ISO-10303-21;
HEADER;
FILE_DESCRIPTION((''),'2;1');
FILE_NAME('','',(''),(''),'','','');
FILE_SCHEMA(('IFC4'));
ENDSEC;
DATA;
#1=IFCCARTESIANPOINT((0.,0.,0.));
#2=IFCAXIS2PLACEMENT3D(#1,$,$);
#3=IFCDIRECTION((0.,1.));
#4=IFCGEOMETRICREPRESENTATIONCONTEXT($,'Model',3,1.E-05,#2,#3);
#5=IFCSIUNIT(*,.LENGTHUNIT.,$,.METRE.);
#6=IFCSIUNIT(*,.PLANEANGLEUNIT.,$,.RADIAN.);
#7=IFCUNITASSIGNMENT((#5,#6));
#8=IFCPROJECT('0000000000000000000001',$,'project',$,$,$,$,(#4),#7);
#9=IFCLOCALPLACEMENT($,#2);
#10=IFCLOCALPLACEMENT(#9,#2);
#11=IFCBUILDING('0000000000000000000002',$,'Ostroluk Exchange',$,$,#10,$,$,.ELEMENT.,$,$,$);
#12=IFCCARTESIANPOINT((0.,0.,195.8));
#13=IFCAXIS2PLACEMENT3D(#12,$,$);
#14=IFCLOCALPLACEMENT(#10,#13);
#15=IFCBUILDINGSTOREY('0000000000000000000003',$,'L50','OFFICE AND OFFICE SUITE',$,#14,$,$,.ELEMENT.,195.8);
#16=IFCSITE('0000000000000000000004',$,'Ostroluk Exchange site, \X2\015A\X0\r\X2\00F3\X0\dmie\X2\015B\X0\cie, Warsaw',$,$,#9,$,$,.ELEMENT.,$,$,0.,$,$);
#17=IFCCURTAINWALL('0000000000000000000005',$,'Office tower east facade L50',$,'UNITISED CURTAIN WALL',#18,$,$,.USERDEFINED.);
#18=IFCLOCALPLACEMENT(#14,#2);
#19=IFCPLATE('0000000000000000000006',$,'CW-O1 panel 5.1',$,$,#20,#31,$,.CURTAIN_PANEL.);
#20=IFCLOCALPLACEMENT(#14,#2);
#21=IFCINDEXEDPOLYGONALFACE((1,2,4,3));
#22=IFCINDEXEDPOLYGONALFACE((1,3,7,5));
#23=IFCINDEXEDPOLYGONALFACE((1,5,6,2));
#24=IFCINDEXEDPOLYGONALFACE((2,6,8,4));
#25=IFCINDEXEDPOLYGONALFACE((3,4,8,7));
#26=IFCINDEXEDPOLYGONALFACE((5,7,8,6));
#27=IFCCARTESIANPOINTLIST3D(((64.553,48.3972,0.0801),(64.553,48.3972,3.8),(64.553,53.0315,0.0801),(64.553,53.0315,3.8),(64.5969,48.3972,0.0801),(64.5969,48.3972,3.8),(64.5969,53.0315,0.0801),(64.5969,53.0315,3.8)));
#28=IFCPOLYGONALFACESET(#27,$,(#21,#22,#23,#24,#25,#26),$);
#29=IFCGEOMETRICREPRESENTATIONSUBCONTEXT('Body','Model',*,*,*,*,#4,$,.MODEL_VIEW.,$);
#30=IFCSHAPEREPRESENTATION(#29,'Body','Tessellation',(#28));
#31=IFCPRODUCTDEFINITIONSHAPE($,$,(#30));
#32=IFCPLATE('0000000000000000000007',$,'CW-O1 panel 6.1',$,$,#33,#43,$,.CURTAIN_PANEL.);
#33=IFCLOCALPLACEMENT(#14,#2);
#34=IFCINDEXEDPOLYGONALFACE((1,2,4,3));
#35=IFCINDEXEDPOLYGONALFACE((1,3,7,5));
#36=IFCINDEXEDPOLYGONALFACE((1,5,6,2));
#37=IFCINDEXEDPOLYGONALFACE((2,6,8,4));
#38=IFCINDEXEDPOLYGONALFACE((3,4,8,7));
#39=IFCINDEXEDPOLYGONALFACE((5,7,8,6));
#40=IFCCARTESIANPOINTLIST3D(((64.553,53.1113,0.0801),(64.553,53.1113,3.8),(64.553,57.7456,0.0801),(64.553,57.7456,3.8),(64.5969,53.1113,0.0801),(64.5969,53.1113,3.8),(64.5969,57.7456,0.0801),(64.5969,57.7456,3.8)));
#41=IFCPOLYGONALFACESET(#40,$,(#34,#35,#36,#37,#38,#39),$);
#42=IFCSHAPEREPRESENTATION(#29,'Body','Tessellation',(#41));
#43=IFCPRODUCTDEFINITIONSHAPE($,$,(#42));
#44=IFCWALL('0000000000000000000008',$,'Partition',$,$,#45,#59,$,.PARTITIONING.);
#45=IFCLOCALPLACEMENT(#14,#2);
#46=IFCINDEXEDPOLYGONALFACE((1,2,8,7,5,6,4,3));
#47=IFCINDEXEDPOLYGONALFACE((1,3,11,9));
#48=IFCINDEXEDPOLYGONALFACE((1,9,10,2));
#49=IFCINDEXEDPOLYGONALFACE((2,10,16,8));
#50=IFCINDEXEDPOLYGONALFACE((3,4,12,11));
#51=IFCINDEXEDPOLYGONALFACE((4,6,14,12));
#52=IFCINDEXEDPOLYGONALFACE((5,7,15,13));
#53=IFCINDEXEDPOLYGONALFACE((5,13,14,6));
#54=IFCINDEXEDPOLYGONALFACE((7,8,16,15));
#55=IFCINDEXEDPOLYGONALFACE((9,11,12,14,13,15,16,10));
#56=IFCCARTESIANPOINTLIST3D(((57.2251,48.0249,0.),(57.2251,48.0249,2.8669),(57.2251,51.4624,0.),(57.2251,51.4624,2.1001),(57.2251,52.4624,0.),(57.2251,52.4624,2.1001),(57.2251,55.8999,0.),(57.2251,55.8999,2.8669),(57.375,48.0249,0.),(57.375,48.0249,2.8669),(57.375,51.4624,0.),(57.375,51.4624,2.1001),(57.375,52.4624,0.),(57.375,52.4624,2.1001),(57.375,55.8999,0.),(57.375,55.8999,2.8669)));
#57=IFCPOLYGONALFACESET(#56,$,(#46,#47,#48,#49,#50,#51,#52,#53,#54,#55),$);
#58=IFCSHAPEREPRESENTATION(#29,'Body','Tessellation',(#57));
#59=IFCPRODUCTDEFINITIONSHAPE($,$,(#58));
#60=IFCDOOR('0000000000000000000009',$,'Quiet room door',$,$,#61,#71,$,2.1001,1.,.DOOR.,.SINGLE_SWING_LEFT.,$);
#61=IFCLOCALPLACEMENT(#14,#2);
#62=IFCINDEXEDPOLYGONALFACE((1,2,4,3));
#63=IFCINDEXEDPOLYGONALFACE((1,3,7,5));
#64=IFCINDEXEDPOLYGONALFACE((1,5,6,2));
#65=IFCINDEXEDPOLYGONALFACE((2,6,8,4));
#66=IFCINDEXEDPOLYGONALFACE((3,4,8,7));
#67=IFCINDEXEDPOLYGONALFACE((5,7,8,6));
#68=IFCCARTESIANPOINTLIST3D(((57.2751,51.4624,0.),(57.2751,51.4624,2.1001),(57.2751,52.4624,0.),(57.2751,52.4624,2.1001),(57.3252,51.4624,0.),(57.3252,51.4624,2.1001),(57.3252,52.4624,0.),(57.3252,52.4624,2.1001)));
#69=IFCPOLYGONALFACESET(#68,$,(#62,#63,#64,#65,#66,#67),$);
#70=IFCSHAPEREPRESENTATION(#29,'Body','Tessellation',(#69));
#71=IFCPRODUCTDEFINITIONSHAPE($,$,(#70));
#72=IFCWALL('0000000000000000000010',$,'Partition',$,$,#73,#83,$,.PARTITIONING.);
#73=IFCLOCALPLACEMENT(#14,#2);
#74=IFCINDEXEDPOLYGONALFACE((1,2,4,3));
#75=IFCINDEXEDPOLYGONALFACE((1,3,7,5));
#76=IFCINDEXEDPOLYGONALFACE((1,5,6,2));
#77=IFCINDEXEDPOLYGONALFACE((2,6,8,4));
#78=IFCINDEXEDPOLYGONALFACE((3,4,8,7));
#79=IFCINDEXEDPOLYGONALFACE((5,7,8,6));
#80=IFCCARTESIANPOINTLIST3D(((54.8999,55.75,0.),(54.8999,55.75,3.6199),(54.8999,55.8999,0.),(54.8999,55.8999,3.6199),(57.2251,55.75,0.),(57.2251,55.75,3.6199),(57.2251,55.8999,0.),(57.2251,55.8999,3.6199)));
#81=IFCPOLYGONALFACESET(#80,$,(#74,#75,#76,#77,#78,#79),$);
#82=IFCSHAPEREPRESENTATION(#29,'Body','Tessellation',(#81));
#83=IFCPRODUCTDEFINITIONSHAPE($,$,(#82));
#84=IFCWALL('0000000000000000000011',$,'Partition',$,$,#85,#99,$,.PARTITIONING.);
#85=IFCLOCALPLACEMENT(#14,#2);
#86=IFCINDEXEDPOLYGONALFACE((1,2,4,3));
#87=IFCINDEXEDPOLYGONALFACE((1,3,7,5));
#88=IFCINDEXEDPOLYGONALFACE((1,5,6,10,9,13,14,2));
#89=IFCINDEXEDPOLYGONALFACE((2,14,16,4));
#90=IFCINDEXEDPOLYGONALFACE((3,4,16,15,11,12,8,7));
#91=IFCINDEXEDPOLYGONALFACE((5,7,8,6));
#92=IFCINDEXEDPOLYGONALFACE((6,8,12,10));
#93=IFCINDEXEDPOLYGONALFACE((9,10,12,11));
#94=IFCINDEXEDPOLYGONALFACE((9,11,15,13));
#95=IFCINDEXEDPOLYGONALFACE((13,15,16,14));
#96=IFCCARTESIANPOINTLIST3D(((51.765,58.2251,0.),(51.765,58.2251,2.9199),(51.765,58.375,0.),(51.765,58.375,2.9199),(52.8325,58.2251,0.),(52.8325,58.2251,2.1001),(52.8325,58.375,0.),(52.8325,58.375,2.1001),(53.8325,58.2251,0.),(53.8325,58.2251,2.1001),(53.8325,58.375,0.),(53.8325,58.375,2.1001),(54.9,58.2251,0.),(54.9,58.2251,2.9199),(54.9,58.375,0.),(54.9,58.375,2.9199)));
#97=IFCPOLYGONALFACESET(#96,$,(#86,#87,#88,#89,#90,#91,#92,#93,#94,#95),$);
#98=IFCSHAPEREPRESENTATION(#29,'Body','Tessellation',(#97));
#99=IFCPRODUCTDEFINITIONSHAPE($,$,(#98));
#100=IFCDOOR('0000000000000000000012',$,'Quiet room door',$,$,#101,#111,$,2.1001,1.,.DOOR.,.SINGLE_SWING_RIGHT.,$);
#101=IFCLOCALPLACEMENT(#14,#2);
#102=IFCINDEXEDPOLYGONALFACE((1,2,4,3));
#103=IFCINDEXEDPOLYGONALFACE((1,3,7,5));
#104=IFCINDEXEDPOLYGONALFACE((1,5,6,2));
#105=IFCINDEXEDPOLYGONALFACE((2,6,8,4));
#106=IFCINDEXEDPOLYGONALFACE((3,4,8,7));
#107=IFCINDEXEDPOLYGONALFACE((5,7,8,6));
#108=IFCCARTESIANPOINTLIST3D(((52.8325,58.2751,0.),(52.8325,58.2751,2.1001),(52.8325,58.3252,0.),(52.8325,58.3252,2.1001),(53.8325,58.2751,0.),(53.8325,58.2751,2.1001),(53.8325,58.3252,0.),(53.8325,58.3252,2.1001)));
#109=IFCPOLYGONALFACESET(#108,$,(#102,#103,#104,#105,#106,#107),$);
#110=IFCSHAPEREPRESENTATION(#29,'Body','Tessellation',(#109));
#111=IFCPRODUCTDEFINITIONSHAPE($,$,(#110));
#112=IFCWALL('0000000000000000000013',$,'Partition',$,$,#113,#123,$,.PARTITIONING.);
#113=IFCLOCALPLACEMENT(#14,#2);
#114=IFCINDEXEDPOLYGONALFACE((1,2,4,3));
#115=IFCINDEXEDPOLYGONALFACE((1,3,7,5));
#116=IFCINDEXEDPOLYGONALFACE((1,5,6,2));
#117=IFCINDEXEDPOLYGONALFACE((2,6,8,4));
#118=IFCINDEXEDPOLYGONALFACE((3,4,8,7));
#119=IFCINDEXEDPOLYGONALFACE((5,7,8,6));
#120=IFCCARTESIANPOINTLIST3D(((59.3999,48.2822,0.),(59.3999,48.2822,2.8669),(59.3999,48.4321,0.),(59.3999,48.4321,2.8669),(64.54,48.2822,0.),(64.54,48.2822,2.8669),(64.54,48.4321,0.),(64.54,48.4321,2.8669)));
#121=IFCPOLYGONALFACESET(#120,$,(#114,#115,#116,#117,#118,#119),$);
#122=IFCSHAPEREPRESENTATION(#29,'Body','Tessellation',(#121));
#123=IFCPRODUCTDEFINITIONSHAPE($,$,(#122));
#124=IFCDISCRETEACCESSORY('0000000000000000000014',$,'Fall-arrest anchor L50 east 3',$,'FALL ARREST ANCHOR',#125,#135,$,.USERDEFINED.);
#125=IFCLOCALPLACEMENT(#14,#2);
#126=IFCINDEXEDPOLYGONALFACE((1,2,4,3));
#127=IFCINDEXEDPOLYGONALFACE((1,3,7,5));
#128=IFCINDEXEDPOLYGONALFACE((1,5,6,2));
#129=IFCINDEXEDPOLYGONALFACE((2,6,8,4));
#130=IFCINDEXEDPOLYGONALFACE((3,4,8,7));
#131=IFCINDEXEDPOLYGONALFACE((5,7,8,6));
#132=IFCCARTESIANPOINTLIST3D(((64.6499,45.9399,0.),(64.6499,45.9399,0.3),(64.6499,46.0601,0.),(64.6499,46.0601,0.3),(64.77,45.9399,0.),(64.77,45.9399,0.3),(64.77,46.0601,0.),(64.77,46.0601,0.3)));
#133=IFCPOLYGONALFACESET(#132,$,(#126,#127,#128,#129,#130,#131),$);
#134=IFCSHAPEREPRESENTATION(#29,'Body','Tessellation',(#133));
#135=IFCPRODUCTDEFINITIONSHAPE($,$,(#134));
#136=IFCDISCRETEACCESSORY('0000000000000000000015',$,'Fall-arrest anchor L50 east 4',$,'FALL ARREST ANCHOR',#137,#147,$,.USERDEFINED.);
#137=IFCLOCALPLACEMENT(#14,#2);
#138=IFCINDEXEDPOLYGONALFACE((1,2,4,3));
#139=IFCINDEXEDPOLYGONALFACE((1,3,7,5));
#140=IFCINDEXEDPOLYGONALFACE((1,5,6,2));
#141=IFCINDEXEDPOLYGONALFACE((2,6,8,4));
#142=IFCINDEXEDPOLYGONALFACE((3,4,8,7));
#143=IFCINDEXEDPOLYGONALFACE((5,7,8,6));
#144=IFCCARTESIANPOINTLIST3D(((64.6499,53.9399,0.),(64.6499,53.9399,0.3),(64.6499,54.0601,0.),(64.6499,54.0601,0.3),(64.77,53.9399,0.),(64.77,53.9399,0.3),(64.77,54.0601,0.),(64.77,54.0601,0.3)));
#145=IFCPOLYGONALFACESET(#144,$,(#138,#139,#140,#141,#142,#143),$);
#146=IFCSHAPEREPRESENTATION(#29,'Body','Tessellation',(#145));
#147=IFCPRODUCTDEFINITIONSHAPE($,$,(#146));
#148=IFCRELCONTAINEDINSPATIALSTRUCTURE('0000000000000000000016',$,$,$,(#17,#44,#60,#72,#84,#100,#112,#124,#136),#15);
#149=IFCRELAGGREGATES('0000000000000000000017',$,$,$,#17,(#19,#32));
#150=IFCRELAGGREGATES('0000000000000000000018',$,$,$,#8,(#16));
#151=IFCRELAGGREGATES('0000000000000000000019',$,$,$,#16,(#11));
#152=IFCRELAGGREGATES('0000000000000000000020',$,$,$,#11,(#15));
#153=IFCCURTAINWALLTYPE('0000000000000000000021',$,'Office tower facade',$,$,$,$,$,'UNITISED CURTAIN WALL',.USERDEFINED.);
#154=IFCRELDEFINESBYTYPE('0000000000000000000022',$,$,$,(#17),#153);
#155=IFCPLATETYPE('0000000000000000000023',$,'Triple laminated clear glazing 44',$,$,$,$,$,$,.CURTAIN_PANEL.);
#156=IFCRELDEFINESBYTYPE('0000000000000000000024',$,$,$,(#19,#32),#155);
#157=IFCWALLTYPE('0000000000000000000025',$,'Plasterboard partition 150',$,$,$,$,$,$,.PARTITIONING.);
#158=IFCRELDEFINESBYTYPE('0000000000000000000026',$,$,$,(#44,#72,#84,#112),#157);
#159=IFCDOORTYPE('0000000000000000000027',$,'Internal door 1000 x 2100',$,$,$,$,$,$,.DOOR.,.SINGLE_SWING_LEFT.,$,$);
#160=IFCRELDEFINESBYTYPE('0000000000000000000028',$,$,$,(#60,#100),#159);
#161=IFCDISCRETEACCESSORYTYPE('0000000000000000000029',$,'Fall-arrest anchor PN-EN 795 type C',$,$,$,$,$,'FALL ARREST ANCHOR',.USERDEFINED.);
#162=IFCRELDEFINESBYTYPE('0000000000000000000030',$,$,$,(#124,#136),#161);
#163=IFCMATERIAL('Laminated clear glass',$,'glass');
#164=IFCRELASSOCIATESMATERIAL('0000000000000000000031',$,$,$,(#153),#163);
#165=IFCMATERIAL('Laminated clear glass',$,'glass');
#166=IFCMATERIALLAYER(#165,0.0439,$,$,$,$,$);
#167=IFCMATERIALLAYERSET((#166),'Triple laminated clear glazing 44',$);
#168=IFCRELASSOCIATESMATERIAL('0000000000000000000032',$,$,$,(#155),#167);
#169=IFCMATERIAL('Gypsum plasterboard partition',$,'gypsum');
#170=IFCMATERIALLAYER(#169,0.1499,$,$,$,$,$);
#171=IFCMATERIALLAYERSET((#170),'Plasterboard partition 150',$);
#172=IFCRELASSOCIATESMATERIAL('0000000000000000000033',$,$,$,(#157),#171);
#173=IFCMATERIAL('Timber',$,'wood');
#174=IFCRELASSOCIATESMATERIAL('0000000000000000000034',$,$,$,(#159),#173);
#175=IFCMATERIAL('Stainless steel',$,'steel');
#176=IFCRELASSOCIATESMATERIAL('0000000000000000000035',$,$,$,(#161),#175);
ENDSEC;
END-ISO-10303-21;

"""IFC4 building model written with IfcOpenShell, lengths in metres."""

from ifc_helpers import new_model, si_unit, direction, frame, frame_2d, origin, origin_2d, place, context, subcontext, project, spatial, rectangle, extrude, material, layer, layer_set, type_object, element, fill, aggregate, save


model = new_model("IFC4")

# Units and contexts
model_context = context("Model", 3, precision=1e-05, world=origin(), true_north=direction((0.0, 1.0)))
body_context = subcontext(model_context, "Body", "Model", "MODEL_VIEW")
ifc_project = project(units=[si_unit("LENGTHUNIT", "METRE"), si_unit("PLANEANGLEUNIT", "RADIAN")], contexts=[model_context])

# Site, building, storey
site_placement = place(None, origin())
site = spatial("IfcSite", under=ifc_project, at=site_placement, Name="Ostroluk Exchange site, Śródmieście, Warsaw", CompositionType="ELEMENT", RefElevation=0.0)
building_placement = place(site_placement, origin())
building = spatial("IfcBuilding", under=site, at=building_placement, Name="Ostroluk Exchange", CompositionType="ELEMENT")
storey_placement = place(building_placement, frame((0.0, 0.0, 195.8)))
storey = spatial("IfcBuildingStorey", under=building, at=storey_placement, Name="L50", Description="OFFICE AND OFFICE SUITE", CompositionType="ELEMENT", Elevation=195.8)

# Curtain wall, plates
ifc_material_1 = material(Name="Laminated clear glass", Category="glass")
curtain_wall_type = type_object("IfcCurtainWallType", Name="Office tower facade", ElementType="UNITISED CURTAIN WALL", PredefinedType="USERDEFINED", material=ifc_material_1)
curtain_wall_placement = place(storey_placement, origin())
curtain_wall = element("IfcCurtainWall", 1, at=curtain_wall_placement, inside=storey, type_object=curtain_wall_type, Name="Office tower east facade L50", ObjectType="UNITISED CURTAIN WALL", PredefinedType="USERDEFINED")
ifc_material_2 = material(Name="Laminated clear glass", Category="glass")
ifc_layer_1 = layer(ifc_material_2, 0.0439)
ifc_layer_set_1 = layer_set([ifc_layer_1], Name="Triple laminated clear glazing 44")
plate_type = type_object("IfcPlateType", Name="Triple laminated clear glazing 44", PredefinedType="CURTAIN_PANEL", material=ifc_layer_set_1)
plate_1_placement = place(storey_placement, frame((64.575, 50.7144, 0.0801), z_axis=(0.0, 0.0, 1.0), x_axis=(0.0, 1.0, 0.0)))
plate_1 = element("IfcPlate", 2, at=plate_1_placement, type_object=plate_type, Name="CW-O1 panel 5.1", PredefinedType="CURTAIN_PANEL", context=body_context, shape_type="SweptSolid", body=[
    extrude(rectangle(XDim=4.6343, YDim=0.0439, at=origin_2d()), origin(), (0.0, 0.0, 1.0), 3.72),
])
plate_2_placement = place(storey_placement, frame((64.575, 55.4285, 0.0801), z_axis=(0.0, 0.0, 1.0), x_axis=(0.0, 1.0, 0.0)))
plate_2 = element("IfcPlate", 3, at=plate_2_placement, type_object=plate_type, Name="CW-O1 panel 6.1", PredefinedType="CURTAIN_PANEL", context=body_context, shape_type="SweptSolid", body=[
    extrude(rectangle(XDim=4.6343, YDim=0.0439, at=origin_2d()), origin(), (0.0, 0.0, 1.0), 3.72),
])
aggregate(curtain_wall, [plate_1, plate_2])

# Wall, opening, door
ifc_material_3 = material(Name="Gypsum plasterboard partition", Category="gypsum")
ifc_layer_2 = layer(ifc_material_3, 0.1499)
ifc_layer_set_2 = layer_set([ifc_layer_2], Name="Plasterboard partition 150")
wall_type = type_object("IfcWallType", Name="Plasterboard partition 150", PredefinedType="PARTITIONING", material=ifc_layer_set_2)
wall_1_placement = place(storey_placement, frame((57.3, 48.0249, 0.0), z_axis=(0.0, 0.0, 1.0), x_axis=(0.0, 1.0, 0.0)))
wall_1 = element("IfcWall", 4, at=wall_1_placement, inside=storey, type_object=wall_type, Name="Partition", PredefinedType="PARTITIONING", context=body_context, shape_type="SweptSolid", body=[
    extrude(rectangle(XDim=7.875, YDim=0.1499, at=frame_2d((3.9375, 0.0))), origin(), (0.0, 0.0, 1.0), 2.8669),
])
opening_1_placement = place(wall_1_placement, frame((3.4375, 0.0, 0.0)))
opening_1 = element("IfcOpeningElement", 5, at=opening_1_placement, cuts=wall_1, PredefinedType="OPENING", context=body_context, shape_type="SweptSolid", body=[
    extrude(rectangle(XDim=1.0, YDim=2.1001, at=frame_2d((0.5, 1.05))), frame((0.0, 0.085, 0.0), z_axis=(0.0, -1.0, 0.0), x_axis=(1.0, 0.0, 0.0)), (0.0, 0.0, 1.0), 0.1699),
])
ifc_material_4 = material(Name="Timber", Category="wood")
door_type = type_object("IfcDoorType", Name="Internal door 1000 x 2100", OperationType="SINGLE_SWING_LEFT", PredefinedType="DOOR", material=ifc_material_4)
door_1_placement = place(opening_1_placement, origin())
door_1 = element("IfcDoor", 6, at=door_1_placement, inside=storey, type_object=door_type, Name="Quiet room door", OperationType="SINGLE_SWING_LEFT", OverallHeight=2.1001, OverallWidth=1.0, PredefinedType="DOOR", context=body_context, shape_type="SweptSolid", body=[
    extrude(rectangle(XDim=1.0, YDim=2.1001, at=frame_2d((0.5, 1.05))), frame((0.0, 0.0249, 0.0), z_axis=(0.0, -1.0, 0.0), x_axis=(1.0, 0.0, 0.0)), (0.0, 0.0, 1.0), 0.05),
])
fill(opening_1, door_1)

# Wall
wall_2_placement = place(storey_placement, frame((54.8999, 55.825, 0.0), z_axis=(0.0, 0.0, 1.0), x_axis=(1.0, 0.0, 0.0)))
element("IfcWall", 7, at=wall_2_placement, inside=storey, type_object=wall_type, Name="Partition", PredefinedType="PARTITIONING", context=body_context, shape_type="SweptSolid", body=[
    extrude(rectangle(XDim=2.3252, YDim=0.1499, at=frame_2d((1.1626, 0.0))), origin(), (0.0, 0.0, 1.0), 3.6199),
])

# Wall, opening, door
wall_3_placement = place(storey_placement, frame((54.8999, 58.3, 0.0), z_axis=(0.0, 0.0, 1.0), x_axis=(-1.0, 0.0, 0.0)))
wall_3 = element("IfcWall", 8, at=wall_3_placement, inside=storey, type_object=wall_type, Name="Partition", PredefinedType="PARTITIONING", context=body_context, shape_type="SweptSolid", body=[
    extrude(rectangle(XDim=3.135, YDim=0.1499, at=frame_2d((1.5674, 0.0))), origin(), (0.0, 0.0, 1.0), 2.9199),
])
opening_2_placement = place(wall_3_placement, frame((1.0674, 0.0, 0.0)))
opening_2 = element("IfcOpeningElement", 9, at=opening_2_placement, cuts=wall_3, PredefinedType="OPENING", context=body_context, shape_type="SweptSolid", body=[
    extrude(rectangle(XDim=1.0, YDim=2.1001, at=frame_2d((0.5, 1.05))), frame((0.0, 0.085, 0.0), z_axis=(0.0, -1.0, 0.0), x_axis=(1.0, 0.0, 0.0)), (0.0, 0.0, 1.0), 0.1699),
])
door_2_placement = place(opening_2_placement, origin())
door_2 = element("IfcDoor", 10, at=door_2_placement, inside=storey, type_object=door_type, Name="Quiet room door", OperationType="SINGLE_SWING_RIGHT", OverallHeight=2.1001, OverallWidth=1.0, PredefinedType="DOOR", context=body_context, shape_type="SweptSolid", body=[
    extrude(rectangle(XDim=1.0, YDim=2.1001, at=frame_2d((0.5, 1.05))), frame((0.0, 0.0249, 0.0), z_axis=(0.0, -1.0, 0.0), x_axis=(1.0, 0.0, 0.0)), (0.0, 0.0, 1.0), 0.05),
])
fill(opening_2, door_2)

# Wall
wall_4_placement = place(storey_placement, frame((59.3999, 48.3572, 0.0), z_axis=(0.0, 0.0, 1.0), x_axis=(1.0, 0.0, 0.0)))
element("IfcWall", 11, at=wall_4_placement, inside=storey, type_object=wall_type, Name="Partition", PredefinedType="PARTITIONING", context=body_context, shape_type="SweptSolid", body=[
    extrude(rectangle(XDim=5.1401, YDim=0.1499, at=frame_2d((2.5701, 0.0))), origin(), (0.0, 0.0, 1.0), 2.8669),
])

# Discrete accessories
ifc_material_5 = material(Name="Stainless steel", Category="steel")
discrete_accessory_type = type_object("IfcDiscreteAccessoryType", Name="Fall-arrest anchor PN-EN 795 type C", ElementType="FALL ARREST ANCHOR", PredefinedType="USERDEFINED", material=ifc_material_5)
for number, where, z_axis, x_axis, name in (
    (12, (64.71, 46.0, 0.0), (0.0, 0.0, 1.0), (1.0, 0.0, 0.0), "Fall-arrest anchor L50 east 3"),
    (13, (64.71, 54.0, 0.0), (0.0, 0.0, 1.0), (1.0, 0.0, 0.0), "Fall-arrest anchor L50 east 4"),
):
    element("IfcDiscreteAccessory", number, at=place(storey_placement, frame(where, z_axis=z_axis, x_axis=x_axis)), inside=storey, type_object=discrete_accessory_type, Name=name, ObjectType="FALL ARREST ANCHOR", PredefinedType="USERDEFINED", context=body_context, shape_type="SweptSolid", body=[
        extrude(rectangle(XDim=0.1201, YDim=0.1201, at=origin_2d()), origin(), (0.0, 0.0, 1.0), 0.3),
    ])

save(model, "model.ifc")
